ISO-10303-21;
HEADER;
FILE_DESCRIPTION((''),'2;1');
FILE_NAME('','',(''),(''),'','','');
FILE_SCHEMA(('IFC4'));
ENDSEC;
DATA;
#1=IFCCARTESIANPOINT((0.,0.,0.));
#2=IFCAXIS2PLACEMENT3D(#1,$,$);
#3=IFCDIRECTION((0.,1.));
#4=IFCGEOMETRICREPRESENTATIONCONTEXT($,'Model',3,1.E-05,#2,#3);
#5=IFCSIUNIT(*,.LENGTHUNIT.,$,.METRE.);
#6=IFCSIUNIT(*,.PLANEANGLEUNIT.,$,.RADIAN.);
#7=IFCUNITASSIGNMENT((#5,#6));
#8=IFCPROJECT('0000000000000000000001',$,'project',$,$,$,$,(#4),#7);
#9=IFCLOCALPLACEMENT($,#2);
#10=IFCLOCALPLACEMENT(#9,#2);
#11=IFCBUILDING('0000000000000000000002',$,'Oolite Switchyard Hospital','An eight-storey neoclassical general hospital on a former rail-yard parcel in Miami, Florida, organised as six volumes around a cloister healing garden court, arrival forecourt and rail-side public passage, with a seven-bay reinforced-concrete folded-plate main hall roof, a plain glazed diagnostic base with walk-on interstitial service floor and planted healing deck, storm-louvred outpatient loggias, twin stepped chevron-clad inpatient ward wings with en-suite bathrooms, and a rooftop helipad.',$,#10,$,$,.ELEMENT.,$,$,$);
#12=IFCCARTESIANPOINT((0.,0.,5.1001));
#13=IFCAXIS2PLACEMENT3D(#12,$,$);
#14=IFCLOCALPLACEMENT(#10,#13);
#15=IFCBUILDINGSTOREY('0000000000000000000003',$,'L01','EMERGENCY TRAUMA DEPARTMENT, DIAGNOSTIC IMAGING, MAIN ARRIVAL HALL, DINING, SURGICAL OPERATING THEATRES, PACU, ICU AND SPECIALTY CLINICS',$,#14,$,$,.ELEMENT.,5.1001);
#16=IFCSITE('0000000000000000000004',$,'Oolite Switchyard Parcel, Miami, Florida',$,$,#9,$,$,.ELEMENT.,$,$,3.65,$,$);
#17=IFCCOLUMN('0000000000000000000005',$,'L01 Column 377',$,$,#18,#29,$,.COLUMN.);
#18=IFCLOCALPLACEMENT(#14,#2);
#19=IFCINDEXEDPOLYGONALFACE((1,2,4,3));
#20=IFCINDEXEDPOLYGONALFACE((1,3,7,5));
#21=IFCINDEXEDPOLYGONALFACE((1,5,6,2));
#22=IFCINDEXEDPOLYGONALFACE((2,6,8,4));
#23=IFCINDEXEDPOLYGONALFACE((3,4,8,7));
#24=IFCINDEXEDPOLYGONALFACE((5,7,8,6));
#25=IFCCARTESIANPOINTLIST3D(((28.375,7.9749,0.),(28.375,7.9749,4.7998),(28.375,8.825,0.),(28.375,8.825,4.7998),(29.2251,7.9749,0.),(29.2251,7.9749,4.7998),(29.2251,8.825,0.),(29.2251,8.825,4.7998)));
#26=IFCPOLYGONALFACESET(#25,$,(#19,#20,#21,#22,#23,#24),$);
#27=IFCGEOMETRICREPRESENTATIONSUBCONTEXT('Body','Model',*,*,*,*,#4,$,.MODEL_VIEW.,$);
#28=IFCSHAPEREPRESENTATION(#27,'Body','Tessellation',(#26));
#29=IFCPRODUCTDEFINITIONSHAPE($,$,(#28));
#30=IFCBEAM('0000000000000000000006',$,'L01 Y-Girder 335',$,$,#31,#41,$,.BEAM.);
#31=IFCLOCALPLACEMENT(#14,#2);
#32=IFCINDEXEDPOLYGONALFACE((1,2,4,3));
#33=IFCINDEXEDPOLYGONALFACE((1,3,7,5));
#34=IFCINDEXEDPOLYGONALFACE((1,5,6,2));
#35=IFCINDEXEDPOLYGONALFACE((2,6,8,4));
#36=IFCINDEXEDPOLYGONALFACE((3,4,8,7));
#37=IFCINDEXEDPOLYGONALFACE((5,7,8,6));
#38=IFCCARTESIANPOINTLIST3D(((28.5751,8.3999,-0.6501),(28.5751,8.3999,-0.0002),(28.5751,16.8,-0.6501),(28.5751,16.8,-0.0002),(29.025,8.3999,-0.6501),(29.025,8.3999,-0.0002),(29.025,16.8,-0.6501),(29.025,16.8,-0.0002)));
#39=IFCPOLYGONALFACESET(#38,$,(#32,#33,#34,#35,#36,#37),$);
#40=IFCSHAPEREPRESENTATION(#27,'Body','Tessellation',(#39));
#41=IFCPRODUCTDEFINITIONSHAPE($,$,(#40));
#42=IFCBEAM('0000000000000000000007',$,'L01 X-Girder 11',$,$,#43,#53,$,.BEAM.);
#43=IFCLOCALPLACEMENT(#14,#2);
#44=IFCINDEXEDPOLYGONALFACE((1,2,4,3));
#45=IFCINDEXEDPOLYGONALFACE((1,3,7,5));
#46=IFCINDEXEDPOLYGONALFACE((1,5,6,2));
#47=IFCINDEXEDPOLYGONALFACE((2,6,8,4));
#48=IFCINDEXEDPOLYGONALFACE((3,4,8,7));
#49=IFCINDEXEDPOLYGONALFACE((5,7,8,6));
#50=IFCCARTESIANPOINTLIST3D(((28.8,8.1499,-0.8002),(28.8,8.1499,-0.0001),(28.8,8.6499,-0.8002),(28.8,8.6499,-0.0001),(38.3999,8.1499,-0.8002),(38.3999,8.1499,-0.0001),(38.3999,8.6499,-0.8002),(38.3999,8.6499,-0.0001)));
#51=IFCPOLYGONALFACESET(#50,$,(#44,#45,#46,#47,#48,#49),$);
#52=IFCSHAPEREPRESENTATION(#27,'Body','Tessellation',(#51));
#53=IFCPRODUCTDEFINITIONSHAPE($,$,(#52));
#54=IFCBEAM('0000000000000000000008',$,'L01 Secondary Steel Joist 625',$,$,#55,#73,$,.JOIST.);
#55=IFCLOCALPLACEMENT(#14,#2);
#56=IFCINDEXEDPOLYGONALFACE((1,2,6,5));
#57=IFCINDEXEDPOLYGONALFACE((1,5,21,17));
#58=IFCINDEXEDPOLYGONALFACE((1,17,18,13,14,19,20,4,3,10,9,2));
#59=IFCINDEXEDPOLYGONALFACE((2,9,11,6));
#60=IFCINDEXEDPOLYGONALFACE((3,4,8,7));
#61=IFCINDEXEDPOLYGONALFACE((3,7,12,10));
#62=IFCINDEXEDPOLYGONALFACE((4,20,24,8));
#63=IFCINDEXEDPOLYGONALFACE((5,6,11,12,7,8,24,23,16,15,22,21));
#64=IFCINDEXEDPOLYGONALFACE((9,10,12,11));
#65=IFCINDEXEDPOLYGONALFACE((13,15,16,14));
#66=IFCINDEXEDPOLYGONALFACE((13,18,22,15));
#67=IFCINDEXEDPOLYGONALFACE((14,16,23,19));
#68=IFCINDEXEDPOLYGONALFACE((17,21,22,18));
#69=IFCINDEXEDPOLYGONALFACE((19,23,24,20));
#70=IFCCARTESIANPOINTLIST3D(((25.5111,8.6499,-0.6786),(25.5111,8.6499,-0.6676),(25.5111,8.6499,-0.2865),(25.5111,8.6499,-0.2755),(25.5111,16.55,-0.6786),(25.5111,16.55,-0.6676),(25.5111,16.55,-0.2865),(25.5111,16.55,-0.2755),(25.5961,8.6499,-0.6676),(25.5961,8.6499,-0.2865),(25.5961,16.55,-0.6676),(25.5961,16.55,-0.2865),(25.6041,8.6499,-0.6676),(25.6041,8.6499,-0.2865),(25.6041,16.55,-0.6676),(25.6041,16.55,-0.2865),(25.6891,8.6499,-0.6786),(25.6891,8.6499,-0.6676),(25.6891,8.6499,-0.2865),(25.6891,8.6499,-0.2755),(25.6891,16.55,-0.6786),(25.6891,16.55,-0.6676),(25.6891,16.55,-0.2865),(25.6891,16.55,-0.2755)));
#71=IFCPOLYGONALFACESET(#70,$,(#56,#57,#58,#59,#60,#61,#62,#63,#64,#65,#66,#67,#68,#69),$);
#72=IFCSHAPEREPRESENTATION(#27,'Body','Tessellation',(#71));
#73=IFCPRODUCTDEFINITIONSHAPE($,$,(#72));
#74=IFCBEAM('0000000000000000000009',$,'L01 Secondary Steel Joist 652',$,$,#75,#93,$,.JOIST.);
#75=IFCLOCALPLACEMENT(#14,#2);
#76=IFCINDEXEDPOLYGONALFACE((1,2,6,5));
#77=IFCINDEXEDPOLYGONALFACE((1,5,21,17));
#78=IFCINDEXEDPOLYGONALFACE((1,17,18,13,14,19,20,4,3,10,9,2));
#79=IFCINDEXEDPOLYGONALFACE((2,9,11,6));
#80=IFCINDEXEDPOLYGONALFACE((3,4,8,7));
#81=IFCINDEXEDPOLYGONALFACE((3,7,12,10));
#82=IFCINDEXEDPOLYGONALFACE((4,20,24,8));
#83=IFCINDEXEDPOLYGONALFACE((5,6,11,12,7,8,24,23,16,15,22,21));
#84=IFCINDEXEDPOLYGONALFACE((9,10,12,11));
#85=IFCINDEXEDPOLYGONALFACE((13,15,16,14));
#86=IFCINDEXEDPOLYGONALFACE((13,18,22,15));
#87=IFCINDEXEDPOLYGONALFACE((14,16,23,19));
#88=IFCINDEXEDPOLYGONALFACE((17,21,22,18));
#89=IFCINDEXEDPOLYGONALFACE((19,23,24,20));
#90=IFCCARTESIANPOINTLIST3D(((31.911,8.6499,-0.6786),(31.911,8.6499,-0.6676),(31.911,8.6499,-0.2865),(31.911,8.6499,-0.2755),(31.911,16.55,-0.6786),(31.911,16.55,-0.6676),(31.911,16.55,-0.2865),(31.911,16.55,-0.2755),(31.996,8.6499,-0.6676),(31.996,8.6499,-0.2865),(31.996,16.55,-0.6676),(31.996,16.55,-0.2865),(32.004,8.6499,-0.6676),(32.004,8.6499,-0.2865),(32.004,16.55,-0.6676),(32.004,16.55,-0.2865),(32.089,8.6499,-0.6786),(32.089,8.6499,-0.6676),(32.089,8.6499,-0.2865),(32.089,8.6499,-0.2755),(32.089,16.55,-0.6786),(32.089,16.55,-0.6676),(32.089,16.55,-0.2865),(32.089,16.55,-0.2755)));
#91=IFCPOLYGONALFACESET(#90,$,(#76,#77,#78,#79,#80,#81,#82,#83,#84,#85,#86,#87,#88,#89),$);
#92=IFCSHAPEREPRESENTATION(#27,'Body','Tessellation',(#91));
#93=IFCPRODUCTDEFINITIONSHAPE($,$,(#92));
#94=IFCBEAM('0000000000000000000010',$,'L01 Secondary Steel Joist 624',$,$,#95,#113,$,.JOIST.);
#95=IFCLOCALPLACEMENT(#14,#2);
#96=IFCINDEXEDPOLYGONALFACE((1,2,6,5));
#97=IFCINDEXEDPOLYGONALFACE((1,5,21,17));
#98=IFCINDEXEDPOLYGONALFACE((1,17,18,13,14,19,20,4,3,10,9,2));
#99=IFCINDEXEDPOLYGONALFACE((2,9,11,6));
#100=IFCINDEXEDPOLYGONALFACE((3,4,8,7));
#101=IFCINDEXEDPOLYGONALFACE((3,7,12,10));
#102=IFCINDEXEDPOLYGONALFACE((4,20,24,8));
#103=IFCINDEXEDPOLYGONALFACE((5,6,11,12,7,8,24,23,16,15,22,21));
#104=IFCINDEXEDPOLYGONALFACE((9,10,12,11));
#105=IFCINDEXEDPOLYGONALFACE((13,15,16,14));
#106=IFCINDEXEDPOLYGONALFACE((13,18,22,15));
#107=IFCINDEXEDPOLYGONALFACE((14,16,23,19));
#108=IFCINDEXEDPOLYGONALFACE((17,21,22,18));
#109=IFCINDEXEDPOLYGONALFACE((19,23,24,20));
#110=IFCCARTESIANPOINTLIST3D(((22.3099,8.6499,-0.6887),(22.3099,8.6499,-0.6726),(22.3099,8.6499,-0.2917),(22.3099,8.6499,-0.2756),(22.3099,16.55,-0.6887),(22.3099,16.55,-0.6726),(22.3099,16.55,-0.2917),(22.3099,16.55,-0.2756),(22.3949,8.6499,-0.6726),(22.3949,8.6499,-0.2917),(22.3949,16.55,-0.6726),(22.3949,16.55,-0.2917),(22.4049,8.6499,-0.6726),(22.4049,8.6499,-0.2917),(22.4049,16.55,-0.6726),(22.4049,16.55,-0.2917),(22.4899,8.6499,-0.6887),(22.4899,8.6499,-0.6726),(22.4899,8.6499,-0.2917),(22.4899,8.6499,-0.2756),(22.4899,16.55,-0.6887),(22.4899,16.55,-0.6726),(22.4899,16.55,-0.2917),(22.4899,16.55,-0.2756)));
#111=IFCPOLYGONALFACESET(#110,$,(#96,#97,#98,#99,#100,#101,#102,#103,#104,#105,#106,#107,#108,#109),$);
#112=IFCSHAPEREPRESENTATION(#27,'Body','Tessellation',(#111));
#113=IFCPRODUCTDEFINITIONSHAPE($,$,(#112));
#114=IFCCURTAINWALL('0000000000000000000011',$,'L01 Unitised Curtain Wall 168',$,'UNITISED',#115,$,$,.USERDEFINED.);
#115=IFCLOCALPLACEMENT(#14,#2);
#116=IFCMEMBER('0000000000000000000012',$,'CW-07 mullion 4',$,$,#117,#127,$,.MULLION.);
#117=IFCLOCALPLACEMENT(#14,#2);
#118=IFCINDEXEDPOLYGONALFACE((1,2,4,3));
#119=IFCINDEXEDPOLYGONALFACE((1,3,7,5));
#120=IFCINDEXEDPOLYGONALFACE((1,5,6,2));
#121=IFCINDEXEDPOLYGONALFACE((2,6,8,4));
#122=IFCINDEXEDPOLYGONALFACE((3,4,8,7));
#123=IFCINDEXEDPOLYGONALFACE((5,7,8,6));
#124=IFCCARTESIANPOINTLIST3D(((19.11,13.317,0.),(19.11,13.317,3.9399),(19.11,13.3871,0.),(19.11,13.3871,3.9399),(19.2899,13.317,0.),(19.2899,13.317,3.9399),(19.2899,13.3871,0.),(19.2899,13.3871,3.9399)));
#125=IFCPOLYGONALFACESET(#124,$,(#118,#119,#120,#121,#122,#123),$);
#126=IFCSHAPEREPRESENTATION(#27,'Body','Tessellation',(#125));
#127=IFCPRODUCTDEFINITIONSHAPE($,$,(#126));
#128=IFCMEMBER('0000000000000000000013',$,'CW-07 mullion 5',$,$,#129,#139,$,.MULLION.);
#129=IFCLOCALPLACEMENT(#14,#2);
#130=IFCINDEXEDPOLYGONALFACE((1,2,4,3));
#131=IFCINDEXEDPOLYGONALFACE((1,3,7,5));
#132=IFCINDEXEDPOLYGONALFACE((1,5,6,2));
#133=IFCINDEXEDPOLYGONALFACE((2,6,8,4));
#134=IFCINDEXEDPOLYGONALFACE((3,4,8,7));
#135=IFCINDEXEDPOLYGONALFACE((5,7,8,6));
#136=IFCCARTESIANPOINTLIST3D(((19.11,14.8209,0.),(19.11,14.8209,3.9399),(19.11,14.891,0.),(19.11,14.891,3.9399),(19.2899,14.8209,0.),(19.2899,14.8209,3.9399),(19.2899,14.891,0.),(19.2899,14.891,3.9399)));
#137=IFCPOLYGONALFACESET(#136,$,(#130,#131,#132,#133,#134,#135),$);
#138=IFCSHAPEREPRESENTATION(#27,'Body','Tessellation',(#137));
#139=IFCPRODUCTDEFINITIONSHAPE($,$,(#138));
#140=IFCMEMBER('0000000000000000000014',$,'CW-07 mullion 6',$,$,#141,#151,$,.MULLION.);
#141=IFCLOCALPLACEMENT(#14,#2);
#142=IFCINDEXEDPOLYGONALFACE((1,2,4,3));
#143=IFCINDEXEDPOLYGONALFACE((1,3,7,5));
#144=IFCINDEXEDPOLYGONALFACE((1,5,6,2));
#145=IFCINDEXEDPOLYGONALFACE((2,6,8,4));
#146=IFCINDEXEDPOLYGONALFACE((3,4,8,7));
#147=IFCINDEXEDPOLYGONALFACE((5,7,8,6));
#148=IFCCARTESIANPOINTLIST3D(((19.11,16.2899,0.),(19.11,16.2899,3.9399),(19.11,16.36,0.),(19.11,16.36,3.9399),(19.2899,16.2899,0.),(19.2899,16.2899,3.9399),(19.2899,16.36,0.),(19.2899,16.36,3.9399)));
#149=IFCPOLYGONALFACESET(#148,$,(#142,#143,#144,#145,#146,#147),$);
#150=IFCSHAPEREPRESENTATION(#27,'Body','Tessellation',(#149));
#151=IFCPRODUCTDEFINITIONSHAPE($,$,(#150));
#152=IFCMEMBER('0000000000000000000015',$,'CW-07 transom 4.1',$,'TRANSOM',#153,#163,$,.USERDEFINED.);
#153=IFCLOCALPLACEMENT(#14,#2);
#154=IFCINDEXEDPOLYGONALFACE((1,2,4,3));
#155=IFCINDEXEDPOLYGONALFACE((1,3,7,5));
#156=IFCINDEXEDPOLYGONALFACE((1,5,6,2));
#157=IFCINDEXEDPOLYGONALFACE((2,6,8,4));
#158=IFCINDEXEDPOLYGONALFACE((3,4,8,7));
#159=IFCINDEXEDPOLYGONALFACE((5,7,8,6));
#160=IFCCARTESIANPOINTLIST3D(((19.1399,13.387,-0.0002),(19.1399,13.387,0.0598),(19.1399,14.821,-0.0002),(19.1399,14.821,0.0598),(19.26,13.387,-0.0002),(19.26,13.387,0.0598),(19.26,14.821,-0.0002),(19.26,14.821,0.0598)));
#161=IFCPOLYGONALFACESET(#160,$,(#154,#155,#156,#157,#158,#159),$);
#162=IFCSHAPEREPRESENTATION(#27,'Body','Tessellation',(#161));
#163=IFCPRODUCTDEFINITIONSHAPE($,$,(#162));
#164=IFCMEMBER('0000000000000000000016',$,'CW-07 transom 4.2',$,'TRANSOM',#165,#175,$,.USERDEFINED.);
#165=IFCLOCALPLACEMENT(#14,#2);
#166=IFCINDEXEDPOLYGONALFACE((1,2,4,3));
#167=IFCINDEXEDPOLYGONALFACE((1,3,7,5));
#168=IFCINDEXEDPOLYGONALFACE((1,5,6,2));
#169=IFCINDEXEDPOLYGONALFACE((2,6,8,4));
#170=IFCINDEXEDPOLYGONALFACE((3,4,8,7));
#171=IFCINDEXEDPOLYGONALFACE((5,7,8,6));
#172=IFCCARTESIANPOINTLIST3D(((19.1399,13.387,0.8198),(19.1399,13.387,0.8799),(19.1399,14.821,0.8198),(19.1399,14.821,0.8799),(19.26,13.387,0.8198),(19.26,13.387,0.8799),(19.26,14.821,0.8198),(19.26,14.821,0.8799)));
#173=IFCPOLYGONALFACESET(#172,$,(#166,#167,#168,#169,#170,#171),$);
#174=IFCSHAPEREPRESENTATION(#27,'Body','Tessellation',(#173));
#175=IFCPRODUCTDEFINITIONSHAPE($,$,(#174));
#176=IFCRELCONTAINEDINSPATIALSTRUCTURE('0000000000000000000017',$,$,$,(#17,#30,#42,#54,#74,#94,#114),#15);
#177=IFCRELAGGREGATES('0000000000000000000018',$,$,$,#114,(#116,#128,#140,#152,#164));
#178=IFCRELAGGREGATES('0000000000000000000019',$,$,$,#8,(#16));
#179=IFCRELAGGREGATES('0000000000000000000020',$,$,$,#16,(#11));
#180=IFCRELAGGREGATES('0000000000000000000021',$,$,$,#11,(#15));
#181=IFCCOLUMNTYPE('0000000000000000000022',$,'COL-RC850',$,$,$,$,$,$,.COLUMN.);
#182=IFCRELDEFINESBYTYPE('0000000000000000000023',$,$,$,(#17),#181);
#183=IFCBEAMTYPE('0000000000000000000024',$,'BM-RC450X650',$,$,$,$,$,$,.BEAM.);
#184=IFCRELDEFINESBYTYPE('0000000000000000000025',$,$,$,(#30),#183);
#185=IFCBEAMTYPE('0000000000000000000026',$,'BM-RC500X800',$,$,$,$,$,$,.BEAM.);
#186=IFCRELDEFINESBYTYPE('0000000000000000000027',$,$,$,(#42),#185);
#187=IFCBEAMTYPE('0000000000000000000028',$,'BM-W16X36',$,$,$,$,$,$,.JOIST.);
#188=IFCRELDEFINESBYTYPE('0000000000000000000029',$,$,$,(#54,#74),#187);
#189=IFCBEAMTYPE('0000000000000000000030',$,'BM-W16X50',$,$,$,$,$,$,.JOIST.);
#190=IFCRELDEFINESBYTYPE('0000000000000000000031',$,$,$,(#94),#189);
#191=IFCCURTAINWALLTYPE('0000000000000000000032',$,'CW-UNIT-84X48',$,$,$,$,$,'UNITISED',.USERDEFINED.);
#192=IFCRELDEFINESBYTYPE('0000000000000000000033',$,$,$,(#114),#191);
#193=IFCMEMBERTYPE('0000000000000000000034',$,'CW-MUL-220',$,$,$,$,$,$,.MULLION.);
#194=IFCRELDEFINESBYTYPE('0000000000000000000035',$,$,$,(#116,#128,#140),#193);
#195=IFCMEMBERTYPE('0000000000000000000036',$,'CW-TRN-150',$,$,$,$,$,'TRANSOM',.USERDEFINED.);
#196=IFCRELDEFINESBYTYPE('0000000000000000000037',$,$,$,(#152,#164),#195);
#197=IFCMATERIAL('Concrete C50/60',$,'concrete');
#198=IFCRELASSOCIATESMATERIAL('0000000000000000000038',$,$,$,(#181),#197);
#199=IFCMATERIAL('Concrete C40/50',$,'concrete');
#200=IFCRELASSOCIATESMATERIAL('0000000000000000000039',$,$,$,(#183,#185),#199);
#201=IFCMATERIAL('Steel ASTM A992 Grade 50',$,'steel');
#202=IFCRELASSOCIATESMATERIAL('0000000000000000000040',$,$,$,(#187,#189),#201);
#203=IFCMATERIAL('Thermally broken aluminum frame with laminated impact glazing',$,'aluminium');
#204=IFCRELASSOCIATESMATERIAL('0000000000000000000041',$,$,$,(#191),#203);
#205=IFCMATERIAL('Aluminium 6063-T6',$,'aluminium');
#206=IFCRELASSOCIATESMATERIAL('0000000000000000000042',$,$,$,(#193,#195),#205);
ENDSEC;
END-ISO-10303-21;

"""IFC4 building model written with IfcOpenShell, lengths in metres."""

from ifc_helpers import new_model, si_unit, direction, frame, origin, origin_2d, place, context, subcontext, project, spatial, rectangle, i_section, extrude, material, material_profile, profile_set, type_object, element, aggregate, save


model = new_model("IFC4")

# Units and contexts
model_context = context("Model", 3, precision=1e-05, world=origin(), true_north=direction((0.0, 1.0)))
body_context = subcontext(model_context, "Body", "Model", "MODEL_VIEW")
ifc_project = project(units=[si_unit("LENGTHUNIT", "METRE"), si_unit("PLANEANGLEUNIT", "RADIAN")], contexts=[model_context])

# Site, building, storey
site_placement = place(None, origin())
site = spatial("IfcSite", under=ifc_project, at=site_placement, Name="Oolite Switchyard Parcel, Miami, Florida", CompositionType="ELEMENT", RefElevation=3.65)
building_placement = place(site_placement, origin())
building = spatial("IfcBuilding", under=site, at=building_placement, Name="Oolite Switchyard Hospital", Description="An eight-storey neoclassical general hospital on a former rail-yard parcel in Miami, Florida, organised as six volumes around a cloister healing garden court, arrival forecourt and rail-side public passage, with a seven-bay reinforced-concrete folded-plate main hall roof, a plain glazed diagnostic base with walk-on interstitial service floor and planted healing deck, storm-louvred outpatient loggias, twin stepped chevron-clad inpatient ward wings with en-suite bathrooms, and a rooftop helipad.", CompositionType="ELEMENT")
storey_placement = place(building_placement, frame((0.0, 0.0, 5.1001)))
storey = spatial("IfcBuildingStorey", under=building, at=storey_placement, Name="L01", Description="EMERGENCY TRAUMA DEPARTMENT, DIAGNOSTIC IMAGING, MAIN ARRIVAL HALL, DINING, SURGICAL OPERATING THEATRES, PACU, ICU AND SPECIALTY CLINICS", CompositionType="ELEMENT", Elevation=5.1001)

# Column
ifc_material_1 = material(Name="Concrete C50/60", Category="concrete")
ifc_material_profile_1 = material_profile(ifc_material_1, rectangle(XDim=0.8501, YDim=0.8501, at=origin_2d()), Name="RC850X850")
ifc_profile_set_1 = profile_set([ifc_material_profile_1], Name="Concrete C50/60")
column_type = type_object("IfcColumnType", Name="COL-RC850", PredefinedType="COLUMN", material=ifc_profile_set_1)
column_placement = place(storey_placement, frame((28.8, 8.3999, 0.0), z_axis=(0.0, 0.0, 1.0), x_axis=(1.0, 0.0, 0.0)))
element("IfcColumn", 1, at=column_placement, inside=storey, type_object=column_type, Name="L01 Column 377", PredefinedType="COLUMN", context=body_context, shape_type="SweptSolid", body=[
    extrude(rectangle(XDim=0.8501, YDim=0.8501, at=origin_2d()), origin(), (0.0, 0.0, 1.0), 4.7998),
])

# Beams
ifc_material_2 = material(Name="Concrete C40/50", Category="concrete")
ifc_material_profile_2 = material_profile(ifc_material_2, rectangle(XDim=0.45, YDim=0.6499, at=origin_2d()), Name="RCB450X650")
ifc_profile_set_2 = profile_set([ifc_material_profile_2], Name="Concrete C40/50")
beam_type_1 = type_object("IfcBeamType", Name="BM-RC450X650", PredefinedType="BEAM", material=ifc_profile_set_2)
beam_1_placement = place(storey_placement, frame((28.8, 8.3999, -0.3252), z_axis=(0.0, 1.0, 0.0), x_axis=(-1.0, 0.0, 0.0)))
element("IfcBeam", 2, at=beam_1_placement, inside=storey, type_object=beam_type_1, Name="L01 Y-Girder 335", PredefinedType="BEAM", context=body_context, shape_type="SweptSolid", body=[
    extrude(rectangle(XDim=0.45, YDim=0.6499, at=origin_2d()), origin(), (0.0, 0.0, 1.0), 8.4001),
])
ifc_material_profile_3 = material_profile(ifc_material_2, rectangle(XDim=0.5, YDim=0.8, at=origin_2d()), Name="RCB500X800")
ifc_profile_set_3 = profile_set([ifc_material_profile_3], Name="Concrete C40/50")
beam_type_2 = type_object("IfcBeamType", Name="BM-RC500X800", PredefinedType="BEAM", material=ifc_profile_set_3)
beam_2_placement = place(storey_placement, frame((28.8, 8.3999, -0.4001), z_axis=(1.0, 0.0, 0.0), x_axis=(0.0, 1.0, 0.0)))
element("IfcBeam", 3, at=beam_2_placement, inside=storey, type_object=beam_type_2, Name="L01 X-Girder 11", PredefinedType="BEAM", context=body_context, shape_type="SweptSolid", body=[
    extrude(rectangle(XDim=0.5, YDim=0.8, at=origin_2d()), origin(), (0.0, 0.0, 1.0), 9.5999),
])
ifc_material_3 = material(Name="Steel ASTM A992 Grade 50", Category="steel")
ifc_material_profile_4 = material_profile(ifc_material_3, i_section(OverallWidth=0.178, OverallDepth=0.4031, WebThickness=0.0081, FlangeThickness=0.011, at=origin_2d()), Name="W16X36")
ifc_profile_set_4 = profile_set([ifc_material_profile_4], Name="Steel ASTM A992 Grade 50")
beam_type_3 = type_object("IfcBeamType", Name="BM-W16X36", PredefinedType="JOIST", material=ifc_profile_set_4)
for number, where, z_axis, x_axis, name in (
    (4, (25.6001, 8.6499, -0.4771), (0.0, 1.0, 0.0), (-1.0, 0.0, 0.0), "L01 Secondary Steel Joist 625"),
    (5, (32.0, 8.6499, -0.4771), (0.0, 1.0, 0.0), (-1.0, 0.0, 0.0), "L01 Secondary Steel Joist 652"),
):
    element("IfcBeam", number, at=place(storey_placement, frame(where, z_axis=z_axis, x_axis=x_axis)), inside=storey, type_object=beam_type_3, Name=name, PredefinedType="JOIST", context=body_context, shape_type="SweptSolid", body=[
        extrude(i_section(OverallWidth=0.178, OverallDepth=0.4031, WebThickness=0.0081, FlangeThickness=0.011, at=origin_2d()), origin(), (0.0, 0.0, 1.0), 7.9001),
    ])
ifc_material_profile_5 = material_profile(ifc_material_3, i_section(OverallWidth=0.1799, OverallDepth=0.4131, WebThickness=0.01, FlangeThickness=0.0161, at=origin_2d()), Name="W16X50")
ifc_profile_set_5 = profile_set([ifc_material_profile_5], Name="Steel ASTM A992 Grade 50")
beam_type_4 = type_object("IfcBeamType", Name="BM-W16X50", PredefinedType="JOIST", material=ifc_profile_set_5)
beam_3_placement = place(storey_placement, frame((22.3999, 8.6499, -0.4822), z_axis=(0.0, 1.0, 0.0), x_axis=(-1.0, 0.0, 0.0)))
element("IfcBeam", 6, at=beam_3_placement, inside=storey, type_object=beam_type_4, Name="L01 Secondary Steel Joist 624", PredefinedType="JOIST", context=body_context, shape_type="SweptSolid", body=[
    extrude(i_section(OverallWidth=0.1799, OverallDepth=0.4131, WebThickness=0.01, FlangeThickness=0.0161, at=origin_2d()), origin(), (0.0, 0.0, 1.0), 7.9001),
])

# Curtain wall, members
ifc_material_4 = material(Name="Thermally broken aluminum frame with laminated impact glazing", Category="aluminium")
curtain_wall_type = type_object("IfcCurtainWallType", Name="CW-UNIT-84X48", ElementType="UNITISED", PredefinedType="USERDEFINED", material=ifc_material_4)
curtain_wall_placement = place(storey_placement, origin())
curtain_wall = element("IfcCurtainWall", 7, at=curtain_wall_placement, inside=storey, type_object=curtain_wall_type, Name="L01 Unitised Curtain Wall 168", ObjectType="UNITISED", PredefinedType="USERDEFINED")
ifc_material_5 = material(Name="Aluminium 6063-T6", Category="aluminium")
ifc_material_profile_6 = material_profile(ifc_material_5, rectangle(XDim=0.1799, YDim=0.0701, at=origin_2d()), Name="CWM70X180")
ifc_profile_set_6 = profile_set([ifc_material_profile_6], Name="Aluminium 6063-T6")
member_type_1 = type_object("IfcMemberType", Name="CW-MUL-220", PredefinedType="MULLION", material=ifc_profile_set_6)
member_1_placement = place(storey_placement, frame((19.2, 13.3521, 0.0), z_axis=(0.0, 0.0, 1.0), x_axis=(-1.0, 0.0, 0.0)))
member_1 = element("IfcMember", 8, at=member_1_placement, type_object=member_type_1, Name="CW-07 mullion 4", PredefinedType="MULLION", context=body_context, shape_type="SweptSolid", body=[
    extrude(rectangle(XDim=0.1799, YDim=0.0701, at=origin_2d()), origin(), (0.0, 0.0, 1.0), 3.9399),
])
member_2_placement = place(storey_placement, frame((19.2, 14.856, 0.0), z_axis=(0.0, 0.0, 1.0), x_axis=(-1.0, 0.0, 0.0)))
member_2 = element("IfcMember", 9, at=member_2_placement, type_object=member_type_1, Name="CW-07 mullion 5", PredefinedType="MULLION", context=body_context, shape_type="SweptSolid", body=[
    extrude(rectangle(XDim=0.1799, YDim=0.0701, at=origin_2d()), origin(), (0.0, 0.0, 1.0), 3.9399),
])
member_3_placement = place(storey_placement, frame((19.2, 16.325, 0.0), z_axis=(0.0, 0.0, 1.0), x_axis=(-1.0, 0.0, 0.0)))
member_3 = element("IfcMember", 10, at=member_3_placement, type_object=member_type_1, Name="CW-07 mullion 6", PredefinedType="MULLION", context=body_context, shape_type="SweptSolid", body=[
    extrude(rectangle(XDim=0.1799, YDim=0.0701, at=origin_2d()), origin(), (0.0, 0.0, 1.0), 3.9399),
])
ifc_material_profile_7 = material_profile(ifc_material_5, rectangle(XDim=0.1201, YDim=0.0601, at=origin_2d()), Name="CWT60X120")
ifc_profile_set_7 = profile_set([ifc_material_profile_7], Name="Aluminium 6063-T6")
member_type_2 = type_object("IfcMemberType", Name="CW-TRN-150", ElementType="TRANSOM", PredefinedType="USERDEFINED", material=ifc_profile_set_7)
member_4_placement = place(storey_placement, frame((19.2, 13.387, 0.0298), z_axis=(0.0, 1.0, 0.0), x_axis=(-1.0, 0.0, 0.0)))
member_4 = element("IfcMember", 11, at=member_4_placement, type_object=member_type_2, Name="CW-07 transom 4.1", ObjectType="TRANSOM", PredefinedType="USERDEFINED", context=body_context, shape_type="SweptSolid", body=[
    extrude(rectangle(XDim=0.1201, YDim=0.0601, at=origin_2d()), origin(), (0.0, 0.0, 1.0), 1.4341),
])
member_5_placement = place(storey_placement, frame((19.2, 13.387, 0.8499), z_axis=(0.0, 1.0, 0.0), x_axis=(-1.0, 0.0, 0.0)))
member_5 = element("IfcMember", 12, at=member_5_placement, type_object=member_type_2, Name="CW-07 transom 4.2", ObjectType="TRANSOM", PredefinedType="USERDEFINED", context=body_context, shape_type="SweptSolid", body=[
    extrude(rectangle(XDim=0.1201, YDim=0.0601, at=origin_2d()), origin(), (0.0, 0.0, 1.0), 1.4341),
])
aggregate(curtain_wall, [member_1, member_2, member_3, member_4, member_5])

save(model, "model.ifc")
